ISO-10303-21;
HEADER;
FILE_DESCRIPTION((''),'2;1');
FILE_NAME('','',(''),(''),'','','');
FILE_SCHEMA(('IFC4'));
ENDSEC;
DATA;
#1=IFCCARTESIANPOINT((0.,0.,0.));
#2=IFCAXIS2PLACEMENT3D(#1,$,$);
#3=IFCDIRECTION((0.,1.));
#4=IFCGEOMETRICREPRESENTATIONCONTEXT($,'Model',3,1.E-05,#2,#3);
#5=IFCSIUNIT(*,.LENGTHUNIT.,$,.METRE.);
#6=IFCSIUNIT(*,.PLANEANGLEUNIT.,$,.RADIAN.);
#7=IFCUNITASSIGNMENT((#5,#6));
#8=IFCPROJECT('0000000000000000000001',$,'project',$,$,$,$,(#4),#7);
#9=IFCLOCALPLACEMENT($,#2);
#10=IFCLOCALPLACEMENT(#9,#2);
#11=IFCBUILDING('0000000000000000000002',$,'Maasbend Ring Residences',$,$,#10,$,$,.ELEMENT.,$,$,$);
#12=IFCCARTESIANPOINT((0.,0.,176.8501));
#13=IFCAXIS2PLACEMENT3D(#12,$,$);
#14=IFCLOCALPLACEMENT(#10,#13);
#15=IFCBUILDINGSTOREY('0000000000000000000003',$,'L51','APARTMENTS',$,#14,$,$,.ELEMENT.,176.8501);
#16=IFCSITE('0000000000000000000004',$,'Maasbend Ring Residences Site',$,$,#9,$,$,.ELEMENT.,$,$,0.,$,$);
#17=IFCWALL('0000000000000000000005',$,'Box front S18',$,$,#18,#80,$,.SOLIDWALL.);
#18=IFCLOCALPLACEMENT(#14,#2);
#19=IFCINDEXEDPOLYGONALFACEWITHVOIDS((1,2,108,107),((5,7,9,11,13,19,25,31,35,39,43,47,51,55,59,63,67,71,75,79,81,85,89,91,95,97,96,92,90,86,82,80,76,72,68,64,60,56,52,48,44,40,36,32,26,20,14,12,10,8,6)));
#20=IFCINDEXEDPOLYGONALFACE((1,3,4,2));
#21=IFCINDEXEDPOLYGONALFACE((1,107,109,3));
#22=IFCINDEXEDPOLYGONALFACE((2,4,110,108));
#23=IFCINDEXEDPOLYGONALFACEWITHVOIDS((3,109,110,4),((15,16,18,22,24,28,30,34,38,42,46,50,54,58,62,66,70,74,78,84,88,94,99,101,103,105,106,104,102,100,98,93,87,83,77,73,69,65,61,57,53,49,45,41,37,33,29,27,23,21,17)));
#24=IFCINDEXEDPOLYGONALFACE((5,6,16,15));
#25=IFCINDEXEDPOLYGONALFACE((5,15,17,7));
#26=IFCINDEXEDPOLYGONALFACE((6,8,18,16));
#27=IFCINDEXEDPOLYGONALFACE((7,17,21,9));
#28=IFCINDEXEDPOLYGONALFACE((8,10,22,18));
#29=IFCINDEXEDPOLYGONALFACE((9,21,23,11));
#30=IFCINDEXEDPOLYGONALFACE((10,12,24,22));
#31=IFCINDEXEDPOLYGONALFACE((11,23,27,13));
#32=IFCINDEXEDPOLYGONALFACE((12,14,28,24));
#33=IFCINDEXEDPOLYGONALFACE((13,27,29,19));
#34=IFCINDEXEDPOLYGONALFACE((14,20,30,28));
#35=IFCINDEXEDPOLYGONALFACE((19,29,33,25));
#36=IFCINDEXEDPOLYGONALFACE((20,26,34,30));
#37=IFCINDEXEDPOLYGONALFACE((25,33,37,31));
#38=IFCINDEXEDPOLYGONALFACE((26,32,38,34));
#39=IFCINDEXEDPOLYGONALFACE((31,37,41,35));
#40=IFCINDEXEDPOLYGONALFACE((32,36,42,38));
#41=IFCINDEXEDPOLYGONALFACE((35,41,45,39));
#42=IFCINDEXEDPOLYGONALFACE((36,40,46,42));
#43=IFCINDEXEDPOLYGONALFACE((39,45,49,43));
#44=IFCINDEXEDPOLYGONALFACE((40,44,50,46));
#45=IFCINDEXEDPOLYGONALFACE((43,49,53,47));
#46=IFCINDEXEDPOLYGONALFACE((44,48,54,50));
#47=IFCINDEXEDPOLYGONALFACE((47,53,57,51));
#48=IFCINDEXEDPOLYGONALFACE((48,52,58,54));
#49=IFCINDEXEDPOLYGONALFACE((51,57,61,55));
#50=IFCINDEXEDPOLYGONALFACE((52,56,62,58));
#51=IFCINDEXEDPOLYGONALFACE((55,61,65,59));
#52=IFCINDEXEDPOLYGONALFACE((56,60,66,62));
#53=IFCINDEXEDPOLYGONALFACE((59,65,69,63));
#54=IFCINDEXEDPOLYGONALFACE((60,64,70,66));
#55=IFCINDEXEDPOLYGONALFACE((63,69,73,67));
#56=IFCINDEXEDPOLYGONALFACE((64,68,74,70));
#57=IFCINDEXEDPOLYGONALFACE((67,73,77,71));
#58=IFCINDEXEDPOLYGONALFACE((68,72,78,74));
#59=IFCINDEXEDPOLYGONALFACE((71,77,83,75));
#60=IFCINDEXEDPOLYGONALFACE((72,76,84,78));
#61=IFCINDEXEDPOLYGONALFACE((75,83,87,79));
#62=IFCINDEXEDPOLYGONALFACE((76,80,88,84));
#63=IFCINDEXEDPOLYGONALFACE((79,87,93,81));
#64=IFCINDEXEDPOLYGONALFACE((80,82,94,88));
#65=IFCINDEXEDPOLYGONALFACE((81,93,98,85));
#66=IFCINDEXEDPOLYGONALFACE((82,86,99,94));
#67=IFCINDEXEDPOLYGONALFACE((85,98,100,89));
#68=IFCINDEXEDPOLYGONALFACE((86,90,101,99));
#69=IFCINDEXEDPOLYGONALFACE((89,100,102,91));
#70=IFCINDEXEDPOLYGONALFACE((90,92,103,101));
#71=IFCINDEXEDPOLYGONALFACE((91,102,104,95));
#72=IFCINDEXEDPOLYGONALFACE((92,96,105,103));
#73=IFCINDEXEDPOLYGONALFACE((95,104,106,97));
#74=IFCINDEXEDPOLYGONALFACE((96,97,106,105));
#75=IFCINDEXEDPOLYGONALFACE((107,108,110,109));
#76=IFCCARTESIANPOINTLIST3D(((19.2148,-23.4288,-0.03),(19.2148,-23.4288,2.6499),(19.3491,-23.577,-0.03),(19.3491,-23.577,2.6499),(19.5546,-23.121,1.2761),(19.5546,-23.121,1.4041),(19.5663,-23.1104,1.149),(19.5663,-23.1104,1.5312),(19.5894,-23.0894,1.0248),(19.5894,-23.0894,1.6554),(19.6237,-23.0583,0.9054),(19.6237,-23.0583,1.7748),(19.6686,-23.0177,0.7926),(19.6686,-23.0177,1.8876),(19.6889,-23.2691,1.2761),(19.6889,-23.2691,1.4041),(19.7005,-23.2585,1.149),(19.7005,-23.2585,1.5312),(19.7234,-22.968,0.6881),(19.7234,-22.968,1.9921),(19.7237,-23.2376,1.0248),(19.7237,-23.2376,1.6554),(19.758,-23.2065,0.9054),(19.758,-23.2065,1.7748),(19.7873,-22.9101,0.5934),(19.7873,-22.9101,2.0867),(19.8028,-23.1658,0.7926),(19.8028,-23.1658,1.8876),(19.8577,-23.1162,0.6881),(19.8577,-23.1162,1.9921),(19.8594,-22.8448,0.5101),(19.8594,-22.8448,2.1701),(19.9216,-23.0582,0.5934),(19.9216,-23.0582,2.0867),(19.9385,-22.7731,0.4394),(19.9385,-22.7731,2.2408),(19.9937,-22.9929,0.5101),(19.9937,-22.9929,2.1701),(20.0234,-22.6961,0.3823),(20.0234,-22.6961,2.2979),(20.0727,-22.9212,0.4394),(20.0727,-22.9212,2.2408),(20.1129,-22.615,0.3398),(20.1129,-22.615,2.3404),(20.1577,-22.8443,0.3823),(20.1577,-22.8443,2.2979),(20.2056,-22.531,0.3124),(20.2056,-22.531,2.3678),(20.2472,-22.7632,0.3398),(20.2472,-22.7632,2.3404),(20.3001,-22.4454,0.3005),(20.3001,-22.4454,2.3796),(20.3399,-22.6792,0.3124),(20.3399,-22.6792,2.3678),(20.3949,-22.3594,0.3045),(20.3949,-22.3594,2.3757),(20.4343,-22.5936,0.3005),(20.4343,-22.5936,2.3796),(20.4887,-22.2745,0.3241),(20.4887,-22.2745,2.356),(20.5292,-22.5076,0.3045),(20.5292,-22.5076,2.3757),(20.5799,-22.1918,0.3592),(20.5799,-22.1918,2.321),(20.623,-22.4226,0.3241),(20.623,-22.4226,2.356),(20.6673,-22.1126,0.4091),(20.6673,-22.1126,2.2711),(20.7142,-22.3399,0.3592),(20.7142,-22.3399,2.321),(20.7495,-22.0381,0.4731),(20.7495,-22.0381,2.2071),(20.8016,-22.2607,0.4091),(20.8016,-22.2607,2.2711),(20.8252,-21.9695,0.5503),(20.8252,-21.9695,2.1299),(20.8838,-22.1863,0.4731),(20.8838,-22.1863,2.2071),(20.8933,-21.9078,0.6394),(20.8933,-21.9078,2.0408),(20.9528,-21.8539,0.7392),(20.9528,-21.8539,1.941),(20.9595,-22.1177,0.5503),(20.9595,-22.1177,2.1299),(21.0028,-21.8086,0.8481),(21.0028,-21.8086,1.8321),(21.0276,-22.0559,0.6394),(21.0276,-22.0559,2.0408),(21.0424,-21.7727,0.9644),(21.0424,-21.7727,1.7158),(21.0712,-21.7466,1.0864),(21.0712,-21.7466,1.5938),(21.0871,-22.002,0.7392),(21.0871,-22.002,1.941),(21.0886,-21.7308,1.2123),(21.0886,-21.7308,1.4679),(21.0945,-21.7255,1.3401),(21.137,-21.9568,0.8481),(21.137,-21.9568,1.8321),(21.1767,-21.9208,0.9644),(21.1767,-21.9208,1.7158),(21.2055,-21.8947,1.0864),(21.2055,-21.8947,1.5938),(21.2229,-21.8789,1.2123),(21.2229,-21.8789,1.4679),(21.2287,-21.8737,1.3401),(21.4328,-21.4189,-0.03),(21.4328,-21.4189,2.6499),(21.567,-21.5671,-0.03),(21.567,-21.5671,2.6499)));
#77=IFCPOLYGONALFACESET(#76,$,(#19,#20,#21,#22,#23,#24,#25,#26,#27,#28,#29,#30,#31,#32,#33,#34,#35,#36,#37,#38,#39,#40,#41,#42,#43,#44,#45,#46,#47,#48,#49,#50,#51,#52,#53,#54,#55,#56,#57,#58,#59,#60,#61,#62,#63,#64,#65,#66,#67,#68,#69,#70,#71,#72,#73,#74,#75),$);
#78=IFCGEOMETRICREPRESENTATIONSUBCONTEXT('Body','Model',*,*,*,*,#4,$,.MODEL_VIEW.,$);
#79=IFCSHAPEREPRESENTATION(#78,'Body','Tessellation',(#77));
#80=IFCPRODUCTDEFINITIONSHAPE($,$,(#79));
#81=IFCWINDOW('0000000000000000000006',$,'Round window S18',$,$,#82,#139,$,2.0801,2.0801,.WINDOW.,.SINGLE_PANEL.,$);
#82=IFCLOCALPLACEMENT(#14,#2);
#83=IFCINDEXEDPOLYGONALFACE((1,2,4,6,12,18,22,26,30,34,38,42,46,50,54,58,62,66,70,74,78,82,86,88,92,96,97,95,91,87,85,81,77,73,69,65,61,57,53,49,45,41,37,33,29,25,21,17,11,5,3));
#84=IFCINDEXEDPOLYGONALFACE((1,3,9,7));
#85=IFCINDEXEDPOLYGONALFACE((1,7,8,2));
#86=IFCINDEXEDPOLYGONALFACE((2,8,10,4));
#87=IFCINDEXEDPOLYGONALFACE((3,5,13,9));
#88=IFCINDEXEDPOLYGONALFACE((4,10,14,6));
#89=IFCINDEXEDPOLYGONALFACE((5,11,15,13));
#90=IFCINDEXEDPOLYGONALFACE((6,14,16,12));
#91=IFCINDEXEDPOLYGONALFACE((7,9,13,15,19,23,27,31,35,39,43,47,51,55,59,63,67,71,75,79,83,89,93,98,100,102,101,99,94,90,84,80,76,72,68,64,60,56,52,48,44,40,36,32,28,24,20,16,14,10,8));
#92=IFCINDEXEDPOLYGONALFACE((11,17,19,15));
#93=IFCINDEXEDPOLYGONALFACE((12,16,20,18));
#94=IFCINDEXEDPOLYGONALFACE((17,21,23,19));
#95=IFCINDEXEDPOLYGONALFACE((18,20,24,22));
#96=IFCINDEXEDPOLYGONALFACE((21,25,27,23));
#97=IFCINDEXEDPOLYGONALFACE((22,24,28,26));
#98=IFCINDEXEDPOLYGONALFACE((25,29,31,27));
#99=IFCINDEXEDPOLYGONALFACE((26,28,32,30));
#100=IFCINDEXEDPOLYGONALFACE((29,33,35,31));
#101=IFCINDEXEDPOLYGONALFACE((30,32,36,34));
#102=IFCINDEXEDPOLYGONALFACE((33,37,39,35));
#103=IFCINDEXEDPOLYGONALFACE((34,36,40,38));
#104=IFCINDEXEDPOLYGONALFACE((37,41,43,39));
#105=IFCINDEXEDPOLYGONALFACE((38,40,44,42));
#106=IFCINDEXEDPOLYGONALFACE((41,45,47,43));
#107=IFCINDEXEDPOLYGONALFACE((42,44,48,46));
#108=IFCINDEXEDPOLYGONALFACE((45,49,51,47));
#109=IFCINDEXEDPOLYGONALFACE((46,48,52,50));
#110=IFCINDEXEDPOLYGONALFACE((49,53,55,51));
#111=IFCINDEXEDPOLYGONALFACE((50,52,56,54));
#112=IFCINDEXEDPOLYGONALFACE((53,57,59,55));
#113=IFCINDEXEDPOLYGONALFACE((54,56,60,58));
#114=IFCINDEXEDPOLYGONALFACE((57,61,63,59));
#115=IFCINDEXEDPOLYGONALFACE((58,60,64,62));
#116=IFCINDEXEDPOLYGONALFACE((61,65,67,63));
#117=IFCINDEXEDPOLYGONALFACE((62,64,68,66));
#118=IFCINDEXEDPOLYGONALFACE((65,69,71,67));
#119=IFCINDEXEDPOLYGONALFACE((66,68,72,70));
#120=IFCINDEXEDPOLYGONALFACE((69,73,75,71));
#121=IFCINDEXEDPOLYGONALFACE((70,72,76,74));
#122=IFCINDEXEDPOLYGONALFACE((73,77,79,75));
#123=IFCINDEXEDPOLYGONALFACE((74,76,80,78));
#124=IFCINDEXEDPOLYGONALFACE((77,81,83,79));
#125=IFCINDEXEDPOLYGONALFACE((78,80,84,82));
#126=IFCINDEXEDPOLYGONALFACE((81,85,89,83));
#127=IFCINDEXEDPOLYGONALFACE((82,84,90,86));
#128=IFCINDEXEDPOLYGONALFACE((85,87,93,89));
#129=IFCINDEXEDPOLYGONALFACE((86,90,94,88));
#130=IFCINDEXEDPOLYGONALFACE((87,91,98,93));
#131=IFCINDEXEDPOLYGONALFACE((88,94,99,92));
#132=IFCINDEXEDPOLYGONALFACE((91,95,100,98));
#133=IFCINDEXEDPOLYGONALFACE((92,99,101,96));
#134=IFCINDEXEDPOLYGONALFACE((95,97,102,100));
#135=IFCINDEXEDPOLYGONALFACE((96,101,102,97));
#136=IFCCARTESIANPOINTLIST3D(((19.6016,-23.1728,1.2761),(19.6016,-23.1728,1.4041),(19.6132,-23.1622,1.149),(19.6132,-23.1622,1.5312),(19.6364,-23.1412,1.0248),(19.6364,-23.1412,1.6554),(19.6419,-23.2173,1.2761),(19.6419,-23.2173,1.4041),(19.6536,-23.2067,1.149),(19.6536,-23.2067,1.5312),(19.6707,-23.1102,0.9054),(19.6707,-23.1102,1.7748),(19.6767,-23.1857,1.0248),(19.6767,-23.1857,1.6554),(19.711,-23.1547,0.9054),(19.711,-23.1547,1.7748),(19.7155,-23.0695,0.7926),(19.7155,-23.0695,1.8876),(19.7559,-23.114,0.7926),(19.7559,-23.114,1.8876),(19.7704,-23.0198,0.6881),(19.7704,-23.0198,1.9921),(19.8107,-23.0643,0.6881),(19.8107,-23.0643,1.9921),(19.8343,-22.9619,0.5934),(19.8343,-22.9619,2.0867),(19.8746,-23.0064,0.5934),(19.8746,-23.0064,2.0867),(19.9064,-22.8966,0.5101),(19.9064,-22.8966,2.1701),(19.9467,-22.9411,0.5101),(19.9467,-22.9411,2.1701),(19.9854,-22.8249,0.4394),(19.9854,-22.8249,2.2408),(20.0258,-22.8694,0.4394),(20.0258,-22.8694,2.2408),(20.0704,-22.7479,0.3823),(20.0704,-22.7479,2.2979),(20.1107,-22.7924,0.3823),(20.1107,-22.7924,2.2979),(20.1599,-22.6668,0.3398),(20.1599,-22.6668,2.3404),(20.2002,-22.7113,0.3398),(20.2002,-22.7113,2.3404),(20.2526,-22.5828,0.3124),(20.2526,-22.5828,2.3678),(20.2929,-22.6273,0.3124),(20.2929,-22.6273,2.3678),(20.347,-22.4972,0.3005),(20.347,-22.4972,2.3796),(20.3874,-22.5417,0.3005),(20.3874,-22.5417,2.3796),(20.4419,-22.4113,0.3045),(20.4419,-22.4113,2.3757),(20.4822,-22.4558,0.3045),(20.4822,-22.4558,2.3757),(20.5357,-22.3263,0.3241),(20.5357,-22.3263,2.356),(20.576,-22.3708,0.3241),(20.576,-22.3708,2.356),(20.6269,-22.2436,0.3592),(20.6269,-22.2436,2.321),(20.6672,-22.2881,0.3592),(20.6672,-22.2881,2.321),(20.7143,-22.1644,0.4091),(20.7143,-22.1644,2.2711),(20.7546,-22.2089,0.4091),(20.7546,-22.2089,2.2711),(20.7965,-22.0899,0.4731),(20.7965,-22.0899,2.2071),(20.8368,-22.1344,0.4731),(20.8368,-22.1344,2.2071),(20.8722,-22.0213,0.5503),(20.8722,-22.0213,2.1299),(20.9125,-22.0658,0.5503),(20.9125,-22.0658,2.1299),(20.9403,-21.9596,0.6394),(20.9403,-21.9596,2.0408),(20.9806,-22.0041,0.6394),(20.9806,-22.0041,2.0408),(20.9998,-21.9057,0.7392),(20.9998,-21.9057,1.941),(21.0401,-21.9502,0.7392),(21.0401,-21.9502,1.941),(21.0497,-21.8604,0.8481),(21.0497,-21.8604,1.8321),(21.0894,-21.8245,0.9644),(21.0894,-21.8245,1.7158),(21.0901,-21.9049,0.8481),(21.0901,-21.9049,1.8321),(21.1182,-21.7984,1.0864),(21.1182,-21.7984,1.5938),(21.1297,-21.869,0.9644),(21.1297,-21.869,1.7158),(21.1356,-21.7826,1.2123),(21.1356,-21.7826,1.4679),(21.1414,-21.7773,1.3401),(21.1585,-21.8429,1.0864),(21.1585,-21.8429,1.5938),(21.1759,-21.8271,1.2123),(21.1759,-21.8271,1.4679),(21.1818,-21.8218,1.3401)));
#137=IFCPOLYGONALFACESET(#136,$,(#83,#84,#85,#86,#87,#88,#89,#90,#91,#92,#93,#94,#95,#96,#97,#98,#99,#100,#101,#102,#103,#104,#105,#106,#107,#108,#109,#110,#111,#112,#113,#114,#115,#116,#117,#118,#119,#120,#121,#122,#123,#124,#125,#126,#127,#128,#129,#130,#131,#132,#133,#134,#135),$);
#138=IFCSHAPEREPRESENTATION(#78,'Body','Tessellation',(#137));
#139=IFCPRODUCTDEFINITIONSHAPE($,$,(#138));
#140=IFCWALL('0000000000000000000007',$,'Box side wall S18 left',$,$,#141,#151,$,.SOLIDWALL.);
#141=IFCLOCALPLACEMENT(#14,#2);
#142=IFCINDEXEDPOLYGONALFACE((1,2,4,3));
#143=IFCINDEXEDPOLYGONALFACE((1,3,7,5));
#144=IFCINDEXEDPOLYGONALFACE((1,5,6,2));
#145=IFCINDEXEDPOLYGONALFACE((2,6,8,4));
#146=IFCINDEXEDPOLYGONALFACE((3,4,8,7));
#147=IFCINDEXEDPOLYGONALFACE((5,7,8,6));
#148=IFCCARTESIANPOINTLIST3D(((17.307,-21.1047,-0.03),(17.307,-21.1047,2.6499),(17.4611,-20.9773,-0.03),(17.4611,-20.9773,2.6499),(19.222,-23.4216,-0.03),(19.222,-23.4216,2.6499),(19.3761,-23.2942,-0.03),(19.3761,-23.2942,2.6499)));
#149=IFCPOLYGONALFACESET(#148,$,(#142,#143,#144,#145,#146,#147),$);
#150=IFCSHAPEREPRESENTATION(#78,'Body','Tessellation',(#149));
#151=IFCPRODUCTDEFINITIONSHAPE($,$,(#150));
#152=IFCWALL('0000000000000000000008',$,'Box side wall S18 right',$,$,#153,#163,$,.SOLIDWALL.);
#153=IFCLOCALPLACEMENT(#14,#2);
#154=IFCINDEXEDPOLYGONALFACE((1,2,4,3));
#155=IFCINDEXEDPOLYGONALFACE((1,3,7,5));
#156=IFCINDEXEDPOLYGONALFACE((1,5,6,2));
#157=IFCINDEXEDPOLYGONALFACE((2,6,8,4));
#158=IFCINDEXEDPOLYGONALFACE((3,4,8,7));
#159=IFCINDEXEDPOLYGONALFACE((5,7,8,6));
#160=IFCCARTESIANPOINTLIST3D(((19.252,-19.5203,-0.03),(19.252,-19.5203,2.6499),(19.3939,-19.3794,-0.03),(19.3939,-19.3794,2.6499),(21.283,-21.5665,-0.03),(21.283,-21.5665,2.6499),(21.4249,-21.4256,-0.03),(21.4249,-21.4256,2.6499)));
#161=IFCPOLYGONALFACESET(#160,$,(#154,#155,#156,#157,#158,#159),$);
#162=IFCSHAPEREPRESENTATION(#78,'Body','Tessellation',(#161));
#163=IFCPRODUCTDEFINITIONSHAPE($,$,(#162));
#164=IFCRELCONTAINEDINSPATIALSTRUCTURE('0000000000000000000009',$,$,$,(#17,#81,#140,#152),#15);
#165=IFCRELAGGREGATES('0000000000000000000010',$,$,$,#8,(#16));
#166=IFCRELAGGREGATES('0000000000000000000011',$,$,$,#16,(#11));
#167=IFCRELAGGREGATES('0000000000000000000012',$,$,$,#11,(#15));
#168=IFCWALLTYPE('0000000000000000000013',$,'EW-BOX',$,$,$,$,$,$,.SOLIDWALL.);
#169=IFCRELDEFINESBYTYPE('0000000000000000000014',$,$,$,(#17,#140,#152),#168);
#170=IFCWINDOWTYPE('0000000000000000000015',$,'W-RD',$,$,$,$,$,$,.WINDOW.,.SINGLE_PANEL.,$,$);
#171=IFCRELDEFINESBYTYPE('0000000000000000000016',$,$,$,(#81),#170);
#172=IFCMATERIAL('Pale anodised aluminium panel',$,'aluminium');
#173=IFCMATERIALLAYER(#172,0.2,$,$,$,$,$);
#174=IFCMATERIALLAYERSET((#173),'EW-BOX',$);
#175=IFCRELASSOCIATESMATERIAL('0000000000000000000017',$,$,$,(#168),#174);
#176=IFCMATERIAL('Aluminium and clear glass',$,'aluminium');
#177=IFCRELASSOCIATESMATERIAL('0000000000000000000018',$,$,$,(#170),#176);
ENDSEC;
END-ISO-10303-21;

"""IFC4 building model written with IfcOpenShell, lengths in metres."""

from ifc_helpers import new_model, si_unit, direction, frame, frame_2d, origin, place, context, subcontext, project, spatial, rectangle, circle, extrude, material, layer, layer_set, type_object, element, fill, save


model = new_model("IFC4")

# Units and contexts
model_context = context("Model", 3, precision=1e-05, world=origin(), true_north=direction((0.0, 1.0)))
body_context = subcontext(model_context, "Body", "Model", "MODEL_VIEW")
ifc_project = project(units=[si_unit("LENGTHUNIT", "METRE"), si_unit("PLANEANGLEUNIT", "RADIAN")], contexts=[model_context])

# Site, building, storey
site_placement = place(None, origin())
site = spatial("IfcSite", under=ifc_project, at=site_placement, Name="Maasbend Ring Residences Site", CompositionType="ELEMENT", RefElevation=0.0)
building_placement = place(site_placement, origin())
building = spatial("IfcBuilding", under=site, at=building_placement, Name="Maasbend Ring Residences", CompositionType="ELEMENT")
storey_placement = place(building_placement, frame((0.0, 0.0, 176.8501)))
storey = spatial("IfcBuildingStorey", under=building, at=storey_placement, Name="L51", Description="APARTMENTS", CompositionType="ELEMENT", Elevation=176.8501)

# Wall, opening, window
ifc_material_1 = material(Name="Pale anodised aluminium panel", Category="aluminium")
ifc_layer_1 = layer(ifc_material_1, 0.2)
ifc_layer_set_1 = layer_set([ifc_layer_1], Name="EW-BOX")
wall_type_1 = type_object("IfcWallType", Name="EW-BOX", PredefinedType="SOLIDWALL", material=ifc_layer_set_1)
wall_1_placement = place(storey_placement, frame((19.282, -23.5029, -0.03), z_axis=(0.0, 0.0, 1.0), x_axis=(0.740998, 0.671507, 0.0)))
wall_1 = element("IfcWall", 1, at=wall_1_placement, inside=storey, type_object=wall_type_1, Name="Box front S18", PredefinedType="SOLIDWALL", context=body_context, shape_type="SweptSolid", body=[
    extrude(rectangle(XDim=2.9932, YDim=0.2, at=frame_2d((1.4966, 0.0))), origin(), (0.0, 0.0, 1.0), 2.6799),
])
opening_1_placement = place(wall_1_placement, frame((0.4565, 0.0, 0.3301)))
opening_1 = element("IfcOpeningElement", 2, at=opening_1_placement, cuts=wall_1, PredefinedType="OPENING", context=body_context, shape_type="SweptSolid", body=[
    extrude(circle(Radius=1.04, at=frame_2d((1.04, 1.04))), frame((0.0, 0.1099, 0.0), z_axis=(0.0, -1.0, 0.0), x_axis=(1.0, 0.0, 0.0)), (0.0, 0.0, 1.0), 0.22),
])
ifc_material_2 = material(Name="Aluminium and clear glass", Category="aluminium")
window_type_1 = type_object("IfcWindowType", Name="W-RD", PartitioningType="SINGLE_PANEL", PredefinedType="WINDOW", material=ifc_material_2)
window_1_placement = place(opening_1_placement, origin())
window_1 = element("IfcWindow", 3, at=window_1_placement, inside=storey, type_object=window_type_1, Name="Round window S18", OverallHeight=2.0801, OverallWidth=2.0801, PartitioningType="SINGLE_PANEL", PredefinedType="WINDOW", context=body_context, shape_type="SweptSolid", body=[
    extrude(circle(Radius=1.04, at=frame_2d((1.04, 1.04))), frame((0.0, 0.03, 0.0), z_axis=(0.0, -1.0, 0.0), x_axis=(1.0, 0.0, 0.0)), (0.0, 0.0, 1.0), 0.0601),
])
fill(opening_1, window_1)

# Walls
wall_2_placement = place(storey_placement, frame((17.384, -21.041, -0.03), z_axis=(0.0, 0.0, 1.0), x_axis=(0.637096, -0.770785, 0.0)))
element("IfcWall", 4, at=wall_2_placement, inside=storey, type_object=wall_type_1, Name="Box side wall S18 left", PredefinedType="SOLIDWALL", context=body_context, shape_type="SweptSolid", body=[
    extrude(rectangle(XDim=3.0059, YDim=0.2, at=frame_2d((1.5029, 0.0))), origin(), (0.0, 0.0, 1.0), 2.6799),
])
wall_3_placement = place(storey_placement, frame((19.323, -19.45, -0.03), z_axis=(0.0, 0.0, 1.0), x_axis=(0.704477, -0.709727, 0.0)))
element("IfcWall", 5, at=wall_3_placement, inside=storey, type_object=wall_type_1, Name="Box side wall S18 right", PredefinedType="SOLIDWALL", context=body_context, shape_type="SweptSolid", body=[
    extrude(rectangle(XDim=2.8831, YDim=0.2, at=frame_2d((1.4414, 0.0))), origin(), (0.0, 0.0, 1.0), 2.6799),
])

save(model, "model.ifc")
